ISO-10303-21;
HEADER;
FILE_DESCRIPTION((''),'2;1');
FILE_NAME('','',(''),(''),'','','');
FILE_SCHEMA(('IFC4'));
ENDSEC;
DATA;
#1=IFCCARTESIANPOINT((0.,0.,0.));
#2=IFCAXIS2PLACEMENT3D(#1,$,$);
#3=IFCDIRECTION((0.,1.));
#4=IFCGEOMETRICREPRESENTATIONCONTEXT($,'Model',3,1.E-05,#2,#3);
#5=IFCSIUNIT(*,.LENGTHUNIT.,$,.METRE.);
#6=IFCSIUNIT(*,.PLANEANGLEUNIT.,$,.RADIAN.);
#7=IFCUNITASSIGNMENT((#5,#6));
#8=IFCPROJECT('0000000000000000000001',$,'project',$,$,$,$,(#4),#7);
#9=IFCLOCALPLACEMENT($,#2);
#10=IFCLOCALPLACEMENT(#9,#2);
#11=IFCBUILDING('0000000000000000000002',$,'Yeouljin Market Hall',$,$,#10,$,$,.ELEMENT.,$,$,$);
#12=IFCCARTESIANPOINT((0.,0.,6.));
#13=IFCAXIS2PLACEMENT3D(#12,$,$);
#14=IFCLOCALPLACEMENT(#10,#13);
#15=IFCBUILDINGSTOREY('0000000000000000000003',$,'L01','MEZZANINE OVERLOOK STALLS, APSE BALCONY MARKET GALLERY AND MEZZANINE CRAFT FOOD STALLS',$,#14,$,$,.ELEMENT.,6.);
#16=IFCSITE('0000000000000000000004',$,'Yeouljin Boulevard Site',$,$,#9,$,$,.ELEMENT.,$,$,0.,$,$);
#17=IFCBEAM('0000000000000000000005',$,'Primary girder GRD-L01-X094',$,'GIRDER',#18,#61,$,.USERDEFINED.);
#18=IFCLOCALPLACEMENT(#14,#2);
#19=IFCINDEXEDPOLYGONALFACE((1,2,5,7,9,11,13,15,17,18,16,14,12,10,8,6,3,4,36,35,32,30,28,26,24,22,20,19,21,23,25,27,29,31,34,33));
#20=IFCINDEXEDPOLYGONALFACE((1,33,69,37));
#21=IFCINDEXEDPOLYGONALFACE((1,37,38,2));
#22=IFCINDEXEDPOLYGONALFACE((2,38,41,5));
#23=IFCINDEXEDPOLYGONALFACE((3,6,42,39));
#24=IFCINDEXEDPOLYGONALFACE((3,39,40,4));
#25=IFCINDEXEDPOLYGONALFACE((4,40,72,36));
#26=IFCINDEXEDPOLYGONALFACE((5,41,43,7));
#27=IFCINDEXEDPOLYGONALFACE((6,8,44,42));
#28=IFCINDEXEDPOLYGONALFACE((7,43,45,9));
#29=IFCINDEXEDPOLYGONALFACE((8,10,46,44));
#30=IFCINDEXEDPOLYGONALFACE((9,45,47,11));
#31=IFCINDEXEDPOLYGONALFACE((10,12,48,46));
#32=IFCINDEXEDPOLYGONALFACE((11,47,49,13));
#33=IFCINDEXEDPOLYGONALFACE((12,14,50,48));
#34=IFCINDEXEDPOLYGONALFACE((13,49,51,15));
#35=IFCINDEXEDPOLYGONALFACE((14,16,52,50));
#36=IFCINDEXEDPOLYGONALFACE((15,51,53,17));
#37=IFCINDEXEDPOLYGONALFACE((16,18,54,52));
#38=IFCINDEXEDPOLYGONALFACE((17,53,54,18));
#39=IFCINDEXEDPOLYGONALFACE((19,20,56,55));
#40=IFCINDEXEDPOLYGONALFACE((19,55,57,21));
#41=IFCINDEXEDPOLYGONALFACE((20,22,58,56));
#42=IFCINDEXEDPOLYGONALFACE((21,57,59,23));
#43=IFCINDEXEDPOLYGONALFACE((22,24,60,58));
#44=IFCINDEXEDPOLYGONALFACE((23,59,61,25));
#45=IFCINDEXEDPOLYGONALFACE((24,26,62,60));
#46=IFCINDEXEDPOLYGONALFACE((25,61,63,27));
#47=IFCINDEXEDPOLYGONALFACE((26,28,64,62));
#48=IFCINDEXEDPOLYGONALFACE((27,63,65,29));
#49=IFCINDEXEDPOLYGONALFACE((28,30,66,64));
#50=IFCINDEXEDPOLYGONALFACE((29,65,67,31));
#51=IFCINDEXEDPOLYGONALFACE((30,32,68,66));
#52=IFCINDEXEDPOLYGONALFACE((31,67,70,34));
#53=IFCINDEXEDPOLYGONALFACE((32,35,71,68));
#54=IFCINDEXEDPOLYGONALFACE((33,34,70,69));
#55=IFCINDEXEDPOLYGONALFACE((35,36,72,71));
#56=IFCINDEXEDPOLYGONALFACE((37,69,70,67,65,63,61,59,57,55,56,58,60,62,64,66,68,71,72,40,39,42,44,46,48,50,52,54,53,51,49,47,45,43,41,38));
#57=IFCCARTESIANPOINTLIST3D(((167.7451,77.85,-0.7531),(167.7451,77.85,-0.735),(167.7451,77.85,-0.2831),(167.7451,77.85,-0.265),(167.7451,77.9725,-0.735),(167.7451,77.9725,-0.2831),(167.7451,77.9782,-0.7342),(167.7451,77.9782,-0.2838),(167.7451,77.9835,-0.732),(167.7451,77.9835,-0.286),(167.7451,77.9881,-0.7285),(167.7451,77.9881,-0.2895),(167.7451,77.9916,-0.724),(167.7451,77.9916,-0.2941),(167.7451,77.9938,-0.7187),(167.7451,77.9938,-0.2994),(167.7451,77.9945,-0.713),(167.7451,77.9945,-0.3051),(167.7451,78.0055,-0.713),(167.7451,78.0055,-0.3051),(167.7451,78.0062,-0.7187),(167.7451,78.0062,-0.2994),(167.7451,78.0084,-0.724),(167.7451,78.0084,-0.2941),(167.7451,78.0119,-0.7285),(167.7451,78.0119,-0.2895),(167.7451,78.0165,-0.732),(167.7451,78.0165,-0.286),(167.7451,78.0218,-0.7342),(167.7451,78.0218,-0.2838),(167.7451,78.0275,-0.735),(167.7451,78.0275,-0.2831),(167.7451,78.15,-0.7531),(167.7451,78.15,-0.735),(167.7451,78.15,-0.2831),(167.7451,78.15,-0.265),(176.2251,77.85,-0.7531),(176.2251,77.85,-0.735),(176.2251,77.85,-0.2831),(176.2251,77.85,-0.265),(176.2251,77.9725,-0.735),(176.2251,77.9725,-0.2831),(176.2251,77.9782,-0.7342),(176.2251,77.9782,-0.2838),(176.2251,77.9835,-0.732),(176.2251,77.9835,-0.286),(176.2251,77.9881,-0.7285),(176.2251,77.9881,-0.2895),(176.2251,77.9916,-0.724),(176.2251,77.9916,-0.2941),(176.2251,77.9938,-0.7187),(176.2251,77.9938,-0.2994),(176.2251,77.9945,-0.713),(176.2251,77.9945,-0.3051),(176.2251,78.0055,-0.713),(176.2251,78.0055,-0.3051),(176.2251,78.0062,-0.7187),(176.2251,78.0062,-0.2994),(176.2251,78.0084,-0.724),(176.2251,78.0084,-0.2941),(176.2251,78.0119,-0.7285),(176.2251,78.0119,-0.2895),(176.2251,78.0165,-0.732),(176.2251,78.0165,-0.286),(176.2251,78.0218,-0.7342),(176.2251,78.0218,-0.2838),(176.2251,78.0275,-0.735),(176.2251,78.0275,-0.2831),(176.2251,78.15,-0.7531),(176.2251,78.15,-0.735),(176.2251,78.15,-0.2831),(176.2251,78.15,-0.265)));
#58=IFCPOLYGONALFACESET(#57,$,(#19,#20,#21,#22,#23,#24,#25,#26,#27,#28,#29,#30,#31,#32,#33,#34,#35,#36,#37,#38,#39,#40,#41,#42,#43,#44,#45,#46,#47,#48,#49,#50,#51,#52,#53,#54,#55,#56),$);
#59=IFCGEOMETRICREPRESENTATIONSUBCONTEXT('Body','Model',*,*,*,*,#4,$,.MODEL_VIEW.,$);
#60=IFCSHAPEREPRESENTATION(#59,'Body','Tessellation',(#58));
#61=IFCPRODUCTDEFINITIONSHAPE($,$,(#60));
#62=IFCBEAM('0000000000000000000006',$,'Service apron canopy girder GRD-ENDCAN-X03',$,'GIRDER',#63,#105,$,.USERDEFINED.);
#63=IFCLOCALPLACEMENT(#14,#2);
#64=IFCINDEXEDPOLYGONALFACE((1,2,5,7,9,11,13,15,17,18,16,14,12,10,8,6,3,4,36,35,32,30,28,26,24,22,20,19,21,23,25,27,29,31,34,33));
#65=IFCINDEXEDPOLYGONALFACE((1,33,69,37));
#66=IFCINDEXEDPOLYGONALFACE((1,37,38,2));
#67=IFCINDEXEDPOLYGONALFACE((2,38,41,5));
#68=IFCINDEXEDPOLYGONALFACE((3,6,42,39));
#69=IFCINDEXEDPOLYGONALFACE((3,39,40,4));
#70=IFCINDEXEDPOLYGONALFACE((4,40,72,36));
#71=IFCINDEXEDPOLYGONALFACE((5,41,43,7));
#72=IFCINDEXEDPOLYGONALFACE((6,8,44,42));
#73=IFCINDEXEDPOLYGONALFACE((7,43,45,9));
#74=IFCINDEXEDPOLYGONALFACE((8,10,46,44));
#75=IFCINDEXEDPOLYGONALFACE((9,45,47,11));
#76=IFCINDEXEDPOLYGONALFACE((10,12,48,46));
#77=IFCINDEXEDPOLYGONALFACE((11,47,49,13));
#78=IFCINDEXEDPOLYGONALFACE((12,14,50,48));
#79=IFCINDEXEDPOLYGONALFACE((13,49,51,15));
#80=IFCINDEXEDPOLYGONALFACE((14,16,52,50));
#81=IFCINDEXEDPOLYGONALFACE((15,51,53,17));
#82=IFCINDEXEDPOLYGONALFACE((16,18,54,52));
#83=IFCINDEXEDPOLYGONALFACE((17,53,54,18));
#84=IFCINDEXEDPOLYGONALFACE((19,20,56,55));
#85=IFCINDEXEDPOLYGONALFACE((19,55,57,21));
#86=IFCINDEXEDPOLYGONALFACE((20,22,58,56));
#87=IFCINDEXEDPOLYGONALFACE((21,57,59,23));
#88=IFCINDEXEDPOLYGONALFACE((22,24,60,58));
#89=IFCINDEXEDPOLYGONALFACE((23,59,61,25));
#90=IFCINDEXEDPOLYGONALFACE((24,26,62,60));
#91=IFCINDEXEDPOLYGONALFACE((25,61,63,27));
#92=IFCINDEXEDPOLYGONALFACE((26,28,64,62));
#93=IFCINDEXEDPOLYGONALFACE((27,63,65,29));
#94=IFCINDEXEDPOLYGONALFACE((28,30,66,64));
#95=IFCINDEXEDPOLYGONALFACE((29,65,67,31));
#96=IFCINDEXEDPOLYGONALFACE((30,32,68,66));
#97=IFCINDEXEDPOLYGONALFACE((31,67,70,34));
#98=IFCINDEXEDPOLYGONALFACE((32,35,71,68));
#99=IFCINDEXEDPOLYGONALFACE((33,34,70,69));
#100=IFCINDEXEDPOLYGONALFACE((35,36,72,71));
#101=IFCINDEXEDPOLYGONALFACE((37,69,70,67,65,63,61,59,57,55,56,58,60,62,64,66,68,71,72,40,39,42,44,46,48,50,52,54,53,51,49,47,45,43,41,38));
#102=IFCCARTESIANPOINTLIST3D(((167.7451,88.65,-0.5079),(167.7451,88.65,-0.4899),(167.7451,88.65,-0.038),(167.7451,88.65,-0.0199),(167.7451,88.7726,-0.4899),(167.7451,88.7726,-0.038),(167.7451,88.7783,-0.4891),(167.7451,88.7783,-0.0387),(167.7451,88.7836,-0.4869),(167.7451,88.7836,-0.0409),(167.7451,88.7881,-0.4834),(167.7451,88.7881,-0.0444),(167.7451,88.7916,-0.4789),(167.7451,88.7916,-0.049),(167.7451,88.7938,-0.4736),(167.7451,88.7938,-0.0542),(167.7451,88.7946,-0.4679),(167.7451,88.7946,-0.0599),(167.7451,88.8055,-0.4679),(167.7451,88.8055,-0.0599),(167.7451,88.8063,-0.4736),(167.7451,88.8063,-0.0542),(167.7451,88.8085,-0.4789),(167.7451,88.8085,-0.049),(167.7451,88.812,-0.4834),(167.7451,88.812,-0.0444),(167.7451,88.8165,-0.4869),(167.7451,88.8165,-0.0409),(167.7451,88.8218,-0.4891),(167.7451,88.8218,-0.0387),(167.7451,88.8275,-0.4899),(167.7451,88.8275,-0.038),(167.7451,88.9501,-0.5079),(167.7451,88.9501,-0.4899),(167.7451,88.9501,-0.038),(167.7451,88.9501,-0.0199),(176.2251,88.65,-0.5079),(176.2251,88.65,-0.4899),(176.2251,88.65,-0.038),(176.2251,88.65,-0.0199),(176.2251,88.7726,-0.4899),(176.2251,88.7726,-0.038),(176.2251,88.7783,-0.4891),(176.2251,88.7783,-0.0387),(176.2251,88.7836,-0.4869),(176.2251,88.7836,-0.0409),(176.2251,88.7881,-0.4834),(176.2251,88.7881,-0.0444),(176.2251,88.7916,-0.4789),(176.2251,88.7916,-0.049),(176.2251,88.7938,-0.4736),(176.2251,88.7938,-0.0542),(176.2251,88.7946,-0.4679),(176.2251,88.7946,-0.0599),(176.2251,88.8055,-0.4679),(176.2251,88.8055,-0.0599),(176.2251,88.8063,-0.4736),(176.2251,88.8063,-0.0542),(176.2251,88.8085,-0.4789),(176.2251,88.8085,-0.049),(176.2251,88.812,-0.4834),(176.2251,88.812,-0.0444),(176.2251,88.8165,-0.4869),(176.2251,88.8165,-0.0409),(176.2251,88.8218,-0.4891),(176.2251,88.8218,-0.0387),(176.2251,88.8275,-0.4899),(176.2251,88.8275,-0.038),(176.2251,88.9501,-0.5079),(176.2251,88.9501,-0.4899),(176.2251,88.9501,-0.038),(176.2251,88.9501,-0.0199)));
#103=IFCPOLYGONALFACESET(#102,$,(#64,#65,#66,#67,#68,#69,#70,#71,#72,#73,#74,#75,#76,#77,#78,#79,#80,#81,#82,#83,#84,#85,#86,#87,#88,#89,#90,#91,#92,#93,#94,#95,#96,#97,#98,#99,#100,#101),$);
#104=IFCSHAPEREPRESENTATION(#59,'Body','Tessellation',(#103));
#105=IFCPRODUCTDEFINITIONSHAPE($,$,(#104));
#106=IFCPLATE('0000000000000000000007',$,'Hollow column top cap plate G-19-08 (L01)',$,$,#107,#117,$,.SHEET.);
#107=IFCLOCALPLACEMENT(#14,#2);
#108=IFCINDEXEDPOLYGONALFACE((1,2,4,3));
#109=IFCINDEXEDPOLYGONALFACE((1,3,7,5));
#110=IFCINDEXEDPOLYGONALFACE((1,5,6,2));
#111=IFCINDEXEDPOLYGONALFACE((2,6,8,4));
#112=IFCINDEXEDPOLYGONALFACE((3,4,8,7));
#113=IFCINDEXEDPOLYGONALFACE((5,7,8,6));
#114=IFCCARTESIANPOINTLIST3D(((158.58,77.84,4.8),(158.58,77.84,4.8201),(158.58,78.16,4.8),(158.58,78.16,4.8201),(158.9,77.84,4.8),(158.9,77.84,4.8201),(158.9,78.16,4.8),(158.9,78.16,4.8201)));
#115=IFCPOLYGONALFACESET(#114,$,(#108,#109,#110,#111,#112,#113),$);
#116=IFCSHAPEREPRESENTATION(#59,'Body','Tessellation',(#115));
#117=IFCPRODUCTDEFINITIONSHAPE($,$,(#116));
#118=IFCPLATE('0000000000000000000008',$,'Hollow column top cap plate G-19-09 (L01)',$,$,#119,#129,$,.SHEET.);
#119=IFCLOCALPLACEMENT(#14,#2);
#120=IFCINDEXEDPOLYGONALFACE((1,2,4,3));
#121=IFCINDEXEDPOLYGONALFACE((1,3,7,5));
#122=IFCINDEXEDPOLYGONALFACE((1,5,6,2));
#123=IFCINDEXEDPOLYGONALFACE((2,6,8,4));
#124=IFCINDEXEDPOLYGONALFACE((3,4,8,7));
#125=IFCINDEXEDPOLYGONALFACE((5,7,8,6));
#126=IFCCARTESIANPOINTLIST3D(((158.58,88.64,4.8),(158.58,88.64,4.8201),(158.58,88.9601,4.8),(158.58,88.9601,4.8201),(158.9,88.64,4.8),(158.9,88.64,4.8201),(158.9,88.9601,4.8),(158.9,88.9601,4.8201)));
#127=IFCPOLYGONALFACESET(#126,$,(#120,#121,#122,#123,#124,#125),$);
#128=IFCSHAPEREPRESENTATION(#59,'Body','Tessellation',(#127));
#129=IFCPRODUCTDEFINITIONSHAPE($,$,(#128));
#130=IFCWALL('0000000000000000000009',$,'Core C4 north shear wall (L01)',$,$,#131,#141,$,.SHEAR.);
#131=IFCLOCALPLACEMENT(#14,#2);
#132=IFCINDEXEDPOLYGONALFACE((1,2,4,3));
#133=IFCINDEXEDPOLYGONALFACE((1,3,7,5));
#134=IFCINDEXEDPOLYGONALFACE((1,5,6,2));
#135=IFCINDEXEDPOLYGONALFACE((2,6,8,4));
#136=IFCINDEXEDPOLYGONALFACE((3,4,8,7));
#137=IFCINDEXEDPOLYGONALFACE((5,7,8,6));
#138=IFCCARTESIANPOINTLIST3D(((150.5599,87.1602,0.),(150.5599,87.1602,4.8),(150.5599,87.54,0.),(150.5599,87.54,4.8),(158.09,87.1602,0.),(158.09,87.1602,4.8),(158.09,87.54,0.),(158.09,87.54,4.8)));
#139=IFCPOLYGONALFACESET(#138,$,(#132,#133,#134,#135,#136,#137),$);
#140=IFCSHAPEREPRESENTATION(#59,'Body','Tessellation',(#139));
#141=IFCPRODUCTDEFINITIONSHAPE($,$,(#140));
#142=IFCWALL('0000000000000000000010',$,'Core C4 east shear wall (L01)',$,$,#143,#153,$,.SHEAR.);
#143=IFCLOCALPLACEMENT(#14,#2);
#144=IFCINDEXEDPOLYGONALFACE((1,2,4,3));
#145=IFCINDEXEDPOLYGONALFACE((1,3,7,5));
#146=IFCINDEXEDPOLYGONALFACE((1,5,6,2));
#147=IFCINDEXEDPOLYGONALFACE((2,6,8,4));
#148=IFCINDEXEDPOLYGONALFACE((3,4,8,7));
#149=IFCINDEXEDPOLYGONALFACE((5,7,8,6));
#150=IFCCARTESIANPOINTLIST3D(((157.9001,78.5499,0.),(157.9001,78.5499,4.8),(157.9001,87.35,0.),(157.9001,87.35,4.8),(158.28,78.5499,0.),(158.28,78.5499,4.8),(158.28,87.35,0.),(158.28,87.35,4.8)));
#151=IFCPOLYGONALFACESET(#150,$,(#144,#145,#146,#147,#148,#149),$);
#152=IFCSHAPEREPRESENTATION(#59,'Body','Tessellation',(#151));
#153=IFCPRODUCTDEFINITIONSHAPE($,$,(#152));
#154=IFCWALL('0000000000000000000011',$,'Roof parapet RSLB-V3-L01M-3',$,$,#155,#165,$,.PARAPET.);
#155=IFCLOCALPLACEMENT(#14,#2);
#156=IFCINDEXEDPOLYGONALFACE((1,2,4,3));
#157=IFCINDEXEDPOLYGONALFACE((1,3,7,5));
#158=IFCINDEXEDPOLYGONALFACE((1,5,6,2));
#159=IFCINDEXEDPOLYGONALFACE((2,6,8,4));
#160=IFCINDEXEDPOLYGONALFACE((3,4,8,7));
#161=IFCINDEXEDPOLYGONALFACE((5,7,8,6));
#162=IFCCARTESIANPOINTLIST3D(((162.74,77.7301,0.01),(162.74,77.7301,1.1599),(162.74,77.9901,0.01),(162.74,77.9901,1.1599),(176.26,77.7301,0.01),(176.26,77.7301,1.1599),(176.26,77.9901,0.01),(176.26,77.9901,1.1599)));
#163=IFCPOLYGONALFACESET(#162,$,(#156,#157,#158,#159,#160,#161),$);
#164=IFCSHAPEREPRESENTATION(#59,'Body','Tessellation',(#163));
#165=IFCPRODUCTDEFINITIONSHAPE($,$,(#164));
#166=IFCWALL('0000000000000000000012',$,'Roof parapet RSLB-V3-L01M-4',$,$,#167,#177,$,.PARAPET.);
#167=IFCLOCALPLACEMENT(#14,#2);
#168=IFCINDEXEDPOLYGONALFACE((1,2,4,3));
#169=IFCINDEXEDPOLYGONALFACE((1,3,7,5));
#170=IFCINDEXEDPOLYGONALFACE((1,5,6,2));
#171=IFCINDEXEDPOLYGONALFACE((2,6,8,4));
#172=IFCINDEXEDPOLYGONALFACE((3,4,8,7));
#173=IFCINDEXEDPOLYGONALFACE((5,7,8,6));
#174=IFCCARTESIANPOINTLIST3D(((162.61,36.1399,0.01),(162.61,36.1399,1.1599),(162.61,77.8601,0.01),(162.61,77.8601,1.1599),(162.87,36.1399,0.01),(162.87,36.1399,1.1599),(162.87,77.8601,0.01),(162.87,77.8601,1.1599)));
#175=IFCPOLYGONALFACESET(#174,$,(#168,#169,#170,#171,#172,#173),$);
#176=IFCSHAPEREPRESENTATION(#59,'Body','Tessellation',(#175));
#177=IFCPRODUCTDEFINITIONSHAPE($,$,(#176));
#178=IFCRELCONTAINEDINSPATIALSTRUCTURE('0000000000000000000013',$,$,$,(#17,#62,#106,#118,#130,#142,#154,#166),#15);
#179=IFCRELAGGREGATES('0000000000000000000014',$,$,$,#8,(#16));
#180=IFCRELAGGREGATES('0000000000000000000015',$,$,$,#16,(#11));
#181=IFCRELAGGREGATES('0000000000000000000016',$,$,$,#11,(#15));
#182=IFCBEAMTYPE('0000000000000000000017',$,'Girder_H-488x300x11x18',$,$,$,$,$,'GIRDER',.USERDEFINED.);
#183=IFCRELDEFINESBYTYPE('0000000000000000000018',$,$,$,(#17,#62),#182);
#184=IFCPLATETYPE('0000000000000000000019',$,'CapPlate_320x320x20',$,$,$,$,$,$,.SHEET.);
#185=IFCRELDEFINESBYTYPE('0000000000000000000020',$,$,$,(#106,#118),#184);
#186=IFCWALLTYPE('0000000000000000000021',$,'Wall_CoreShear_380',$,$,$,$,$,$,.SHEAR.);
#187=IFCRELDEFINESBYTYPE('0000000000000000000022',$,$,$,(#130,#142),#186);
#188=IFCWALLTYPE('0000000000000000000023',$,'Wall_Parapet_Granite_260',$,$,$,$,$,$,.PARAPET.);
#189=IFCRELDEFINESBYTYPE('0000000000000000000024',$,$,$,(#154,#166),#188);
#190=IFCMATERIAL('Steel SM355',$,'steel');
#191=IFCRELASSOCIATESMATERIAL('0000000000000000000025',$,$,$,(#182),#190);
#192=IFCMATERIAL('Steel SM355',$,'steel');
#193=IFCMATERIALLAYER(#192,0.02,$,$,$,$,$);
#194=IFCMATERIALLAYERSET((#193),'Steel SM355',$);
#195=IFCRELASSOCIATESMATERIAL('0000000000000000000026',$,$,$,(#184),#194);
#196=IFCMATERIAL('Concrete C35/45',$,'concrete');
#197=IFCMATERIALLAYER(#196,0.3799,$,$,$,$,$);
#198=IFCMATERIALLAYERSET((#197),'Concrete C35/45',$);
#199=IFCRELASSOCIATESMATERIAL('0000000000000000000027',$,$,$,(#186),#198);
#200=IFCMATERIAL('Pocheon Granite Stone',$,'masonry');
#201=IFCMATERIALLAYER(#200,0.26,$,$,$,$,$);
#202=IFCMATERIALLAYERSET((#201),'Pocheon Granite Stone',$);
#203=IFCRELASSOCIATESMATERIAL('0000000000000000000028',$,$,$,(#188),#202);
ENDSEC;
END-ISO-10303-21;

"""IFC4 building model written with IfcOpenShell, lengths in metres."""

from ifc_helpers import new_model, si_unit, direction, frame, frame_2d, origin, origin_2d, place, context, subcontext, project, spatial, rectangle, i_section, extrude, material, layer, layer_set, material_profile, profile_set, type_object, element, save


model = new_model("IFC4")

# Units and contexts
model_context = context("Model", 3, precision=1e-05, world=origin(), true_north=direction((0.0, 1.0)))
body_context = subcontext(model_context, "Body", "Model", "MODEL_VIEW")
ifc_project = project(units=[si_unit("LENGTHUNIT", "METRE"), si_unit("PLANEANGLEUNIT", "RADIAN")], contexts=[model_context])

# Site, building, storey
site_placement = place(None, origin())
site = spatial("IfcSite", under=ifc_project, at=site_placement, Name="Yeouljin Boulevard Site", CompositionType="ELEMENT", RefElevation=0.0)
building_placement = place(site_placement, origin())
building = spatial("IfcBuilding", under=site, at=building_placement, Name="Yeouljin Market Hall", CompositionType="ELEMENT")
storey_placement = place(building_placement, frame((0.0, 0.0, 6.0)))
storey = spatial("IfcBuildingStorey", under=building, at=storey_placement, Name="L01", Description="MEZZANINE OVERLOOK STALLS, APSE BALCONY MARKET GALLERY AND MEZZANINE CRAFT FOOD STALLS", CompositionType="ELEMENT", Elevation=6.0)

# Beams
ifc_material_1 = material(Name="Steel SM355", Category="steel")
ifc_material_profile_1 = material_profile(ifc_material_1, i_section(OverallWidth=0.3, OverallDepth=0.488, WebThickness=0.011, FlangeThickness=0.0181, FilletRadius=0.022, at=origin_2d()), Name="H-488x300x11x18")
ifc_profile_set_1 = profile_set([ifc_material_profile_1], Name="Steel SM355")
beam_type_1 = type_object("IfcBeamType", Name="Girder_H-488x300x11x18", ElementType="GIRDER", PredefinedType="USERDEFINED", material=ifc_profile_set_1)
for number, where, z_axis, x_axis, name in (
    (1, (167.7451, 78.0, -0.509), (1.0, 0.0, 0.0), (0.0, 1.0, 0.0), "Primary girder GRD-L01-X094"),
    (2, (167.7451, 88.8, -0.2639), (1.0, 0.0, 0.0), (0.0, 1.0, 0.0), "Service apron canopy girder GRD-ENDCAN-X03"),
):
    element("IfcBeam", number, at=place(storey_placement, frame(where, z_axis=z_axis, x_axis=x_axis)), inside=storey, type_object=beam_type_1, Name=name, ObjectType="GIRDER", PredefinedType="USERDEFINED", context=body_context, shape_type="SweptSolid", body=[
        extrude(i_section(OverallWidth=0.3, OverallDepth=0.488, WebThickness=0.011, FlangeThickness=0.0181, FilletRadius=0.022, at=origin_2d()), origin(), (0.0, 0.0, 1.0), 8.48),
    ])

# Plates
ifc_material_2 = material(Name="Steel SM355", Category="steel")
ifc_layer_1 = layer(ifc_material_2, 0.02)
ifc_layer_set_1 = layer_set([ifc_layer_1], Name="Steel SM355")
plate_type = type_object("IfcPlateType", Name="CapPlate_320x320x20", PredefinedType="SHEET", material=ifc_layer_set_1)
for number, where, z_axis, x_axis, name in (
    (3, (158.74, 78.0, 4.8), (0.0, 0.0, 1.0), (1.0, 0.0, 0.0), "Hollow column top cap plate G-19-08 (L01)"),
    (4, (158.74, 88.8, 4.8), (0.0, 0.0, 1.0), (1.0, 0.0, 0.0), "Hollow column top cap plate G-19-09 (L01)"),
):
    element("IfcPlate", number, at=place(storey_placement, frame(where, z_axis=z_axis, x_axis=x_axis)), inside=storey, type_object=plate_type, Name=name, PredefinedType="SHEET", context=body_context, shape_type="SweptSolid", body=[
        extrude(rectangle(XDim=0.3201, YDim=0.3201, at=origin_2d()), origin(), (0.0, 0.0, 1.0), 0.02),
    ])

# Walls
ifc_material_3 = material(Name="Concrete C35/45", Category="concrete")
ifc_layer_2 = layer(ifc_material_3, 0.3799)
ifc_layer_set_2 = layer_set([ifc_layer_2], Name="Concrete C35/45")
wall_type_1 = type_object("IfcWallType", Name="Wall_CoreShear_380", PredefinedType="SHEAR", material=ifc_layer_set_2)
wall_1_placement = place(storey_placement, frame((158.0901, 87.3501, 0.0), z_axis=(0.0, 0.0, 1.0), x_axis=(-1.0, 0.0, 0.0)))
element("IfcWall", 5, at=wall_1_placement, inside=storey, type_object=wall_type_1, Name="Core C4 north shear wall (L01)", PredefinedType="SHEAR", context=body_context, shape_type="SweptSolid", body=[
    extrude(rectangle(XDim=7.53, YDim=0.3799, at=frame_2d((3.7651, 0.0))), origin(), (0.0, 0.0, 1.0), 4.8),
])
wall_2_placement = place(storey_placement, frame((158.0901, 78.55, 0.0), z_axis=(0.0, 0.0, 1.0), x_axis=(0.0, 1.0, 0.0)))
element("IfcWall", 6, at=wall_2_placement, inside=storey, type_object=wall_type_1, Name="Core C4 east shear wall (L01)", PredefinedType="SHEAR", context=body_context, shape_type="SweptSolid", body=[
    extrude(rectangle(XDim=8.8, YDim=0.3799, at=frame_2d((4.3999, 0.0))), origin(), (0.0, 0.0, 1.0), 4.8),
])
ifc_material_4 = material(Name="Pocheon Granite Stone", Category="masonry")
ifc_layer_3 = layer(ifc_material_4, 0.26)
ifc_layer_set_3 = layer_set([ifc_layer_3], Name="Pocheon Granite Stone")
wall_type_2 = type_object("IfcWallType", Name="Wall_Parapet_Granite_260", PredefinedType="PARAPET", material=ifc_layer_set_3)
wall_3_placement = place(storey_placement, frame((176.26, 77.8601, 0.01), z_axis=(0.0, 0.0, 1.0), x_axis=(-1.0, 0.0, 0.0)))
element("IfcWall", 7, at=wall_3_placement, inside=storey, type_object=wall_type_2, Name="Roof parapet RSLB-V3-L01M-3", PredefinedType="PARAPET", context=body_context, shape_type="SweptSolid", body=[
    extrude(rectangle(XDim=13.52, YDim=0.26, at=frame_2d((6.76, 0.0))), origin(), (0.0, 0.0, 1.0), 1.1499),
])
wall_4_placement = place(storey_placement, frame((162.74, 77.8601, 0.01), z_axis=(0.0, 0.0, 1.0), x_axis=(0.0, -1.0, 0.0)))
element("IfcWall", 8, at=wall_4_placement, inside=storey, type_object=wall_type_2, Name="Roof parapet RSLB-V3-L01M-4", PredefinedType="PARAPET", context=body_context, shape_type="SweptSolid", body=[
    extrude(rectangle(XDim=41.7202, YDim=0.26, at=frame_2d((20.8601, 0.0))), origin(), (0.0, 0.0, 1.0), 1.1499),
])

save(model, "model.ifc")
